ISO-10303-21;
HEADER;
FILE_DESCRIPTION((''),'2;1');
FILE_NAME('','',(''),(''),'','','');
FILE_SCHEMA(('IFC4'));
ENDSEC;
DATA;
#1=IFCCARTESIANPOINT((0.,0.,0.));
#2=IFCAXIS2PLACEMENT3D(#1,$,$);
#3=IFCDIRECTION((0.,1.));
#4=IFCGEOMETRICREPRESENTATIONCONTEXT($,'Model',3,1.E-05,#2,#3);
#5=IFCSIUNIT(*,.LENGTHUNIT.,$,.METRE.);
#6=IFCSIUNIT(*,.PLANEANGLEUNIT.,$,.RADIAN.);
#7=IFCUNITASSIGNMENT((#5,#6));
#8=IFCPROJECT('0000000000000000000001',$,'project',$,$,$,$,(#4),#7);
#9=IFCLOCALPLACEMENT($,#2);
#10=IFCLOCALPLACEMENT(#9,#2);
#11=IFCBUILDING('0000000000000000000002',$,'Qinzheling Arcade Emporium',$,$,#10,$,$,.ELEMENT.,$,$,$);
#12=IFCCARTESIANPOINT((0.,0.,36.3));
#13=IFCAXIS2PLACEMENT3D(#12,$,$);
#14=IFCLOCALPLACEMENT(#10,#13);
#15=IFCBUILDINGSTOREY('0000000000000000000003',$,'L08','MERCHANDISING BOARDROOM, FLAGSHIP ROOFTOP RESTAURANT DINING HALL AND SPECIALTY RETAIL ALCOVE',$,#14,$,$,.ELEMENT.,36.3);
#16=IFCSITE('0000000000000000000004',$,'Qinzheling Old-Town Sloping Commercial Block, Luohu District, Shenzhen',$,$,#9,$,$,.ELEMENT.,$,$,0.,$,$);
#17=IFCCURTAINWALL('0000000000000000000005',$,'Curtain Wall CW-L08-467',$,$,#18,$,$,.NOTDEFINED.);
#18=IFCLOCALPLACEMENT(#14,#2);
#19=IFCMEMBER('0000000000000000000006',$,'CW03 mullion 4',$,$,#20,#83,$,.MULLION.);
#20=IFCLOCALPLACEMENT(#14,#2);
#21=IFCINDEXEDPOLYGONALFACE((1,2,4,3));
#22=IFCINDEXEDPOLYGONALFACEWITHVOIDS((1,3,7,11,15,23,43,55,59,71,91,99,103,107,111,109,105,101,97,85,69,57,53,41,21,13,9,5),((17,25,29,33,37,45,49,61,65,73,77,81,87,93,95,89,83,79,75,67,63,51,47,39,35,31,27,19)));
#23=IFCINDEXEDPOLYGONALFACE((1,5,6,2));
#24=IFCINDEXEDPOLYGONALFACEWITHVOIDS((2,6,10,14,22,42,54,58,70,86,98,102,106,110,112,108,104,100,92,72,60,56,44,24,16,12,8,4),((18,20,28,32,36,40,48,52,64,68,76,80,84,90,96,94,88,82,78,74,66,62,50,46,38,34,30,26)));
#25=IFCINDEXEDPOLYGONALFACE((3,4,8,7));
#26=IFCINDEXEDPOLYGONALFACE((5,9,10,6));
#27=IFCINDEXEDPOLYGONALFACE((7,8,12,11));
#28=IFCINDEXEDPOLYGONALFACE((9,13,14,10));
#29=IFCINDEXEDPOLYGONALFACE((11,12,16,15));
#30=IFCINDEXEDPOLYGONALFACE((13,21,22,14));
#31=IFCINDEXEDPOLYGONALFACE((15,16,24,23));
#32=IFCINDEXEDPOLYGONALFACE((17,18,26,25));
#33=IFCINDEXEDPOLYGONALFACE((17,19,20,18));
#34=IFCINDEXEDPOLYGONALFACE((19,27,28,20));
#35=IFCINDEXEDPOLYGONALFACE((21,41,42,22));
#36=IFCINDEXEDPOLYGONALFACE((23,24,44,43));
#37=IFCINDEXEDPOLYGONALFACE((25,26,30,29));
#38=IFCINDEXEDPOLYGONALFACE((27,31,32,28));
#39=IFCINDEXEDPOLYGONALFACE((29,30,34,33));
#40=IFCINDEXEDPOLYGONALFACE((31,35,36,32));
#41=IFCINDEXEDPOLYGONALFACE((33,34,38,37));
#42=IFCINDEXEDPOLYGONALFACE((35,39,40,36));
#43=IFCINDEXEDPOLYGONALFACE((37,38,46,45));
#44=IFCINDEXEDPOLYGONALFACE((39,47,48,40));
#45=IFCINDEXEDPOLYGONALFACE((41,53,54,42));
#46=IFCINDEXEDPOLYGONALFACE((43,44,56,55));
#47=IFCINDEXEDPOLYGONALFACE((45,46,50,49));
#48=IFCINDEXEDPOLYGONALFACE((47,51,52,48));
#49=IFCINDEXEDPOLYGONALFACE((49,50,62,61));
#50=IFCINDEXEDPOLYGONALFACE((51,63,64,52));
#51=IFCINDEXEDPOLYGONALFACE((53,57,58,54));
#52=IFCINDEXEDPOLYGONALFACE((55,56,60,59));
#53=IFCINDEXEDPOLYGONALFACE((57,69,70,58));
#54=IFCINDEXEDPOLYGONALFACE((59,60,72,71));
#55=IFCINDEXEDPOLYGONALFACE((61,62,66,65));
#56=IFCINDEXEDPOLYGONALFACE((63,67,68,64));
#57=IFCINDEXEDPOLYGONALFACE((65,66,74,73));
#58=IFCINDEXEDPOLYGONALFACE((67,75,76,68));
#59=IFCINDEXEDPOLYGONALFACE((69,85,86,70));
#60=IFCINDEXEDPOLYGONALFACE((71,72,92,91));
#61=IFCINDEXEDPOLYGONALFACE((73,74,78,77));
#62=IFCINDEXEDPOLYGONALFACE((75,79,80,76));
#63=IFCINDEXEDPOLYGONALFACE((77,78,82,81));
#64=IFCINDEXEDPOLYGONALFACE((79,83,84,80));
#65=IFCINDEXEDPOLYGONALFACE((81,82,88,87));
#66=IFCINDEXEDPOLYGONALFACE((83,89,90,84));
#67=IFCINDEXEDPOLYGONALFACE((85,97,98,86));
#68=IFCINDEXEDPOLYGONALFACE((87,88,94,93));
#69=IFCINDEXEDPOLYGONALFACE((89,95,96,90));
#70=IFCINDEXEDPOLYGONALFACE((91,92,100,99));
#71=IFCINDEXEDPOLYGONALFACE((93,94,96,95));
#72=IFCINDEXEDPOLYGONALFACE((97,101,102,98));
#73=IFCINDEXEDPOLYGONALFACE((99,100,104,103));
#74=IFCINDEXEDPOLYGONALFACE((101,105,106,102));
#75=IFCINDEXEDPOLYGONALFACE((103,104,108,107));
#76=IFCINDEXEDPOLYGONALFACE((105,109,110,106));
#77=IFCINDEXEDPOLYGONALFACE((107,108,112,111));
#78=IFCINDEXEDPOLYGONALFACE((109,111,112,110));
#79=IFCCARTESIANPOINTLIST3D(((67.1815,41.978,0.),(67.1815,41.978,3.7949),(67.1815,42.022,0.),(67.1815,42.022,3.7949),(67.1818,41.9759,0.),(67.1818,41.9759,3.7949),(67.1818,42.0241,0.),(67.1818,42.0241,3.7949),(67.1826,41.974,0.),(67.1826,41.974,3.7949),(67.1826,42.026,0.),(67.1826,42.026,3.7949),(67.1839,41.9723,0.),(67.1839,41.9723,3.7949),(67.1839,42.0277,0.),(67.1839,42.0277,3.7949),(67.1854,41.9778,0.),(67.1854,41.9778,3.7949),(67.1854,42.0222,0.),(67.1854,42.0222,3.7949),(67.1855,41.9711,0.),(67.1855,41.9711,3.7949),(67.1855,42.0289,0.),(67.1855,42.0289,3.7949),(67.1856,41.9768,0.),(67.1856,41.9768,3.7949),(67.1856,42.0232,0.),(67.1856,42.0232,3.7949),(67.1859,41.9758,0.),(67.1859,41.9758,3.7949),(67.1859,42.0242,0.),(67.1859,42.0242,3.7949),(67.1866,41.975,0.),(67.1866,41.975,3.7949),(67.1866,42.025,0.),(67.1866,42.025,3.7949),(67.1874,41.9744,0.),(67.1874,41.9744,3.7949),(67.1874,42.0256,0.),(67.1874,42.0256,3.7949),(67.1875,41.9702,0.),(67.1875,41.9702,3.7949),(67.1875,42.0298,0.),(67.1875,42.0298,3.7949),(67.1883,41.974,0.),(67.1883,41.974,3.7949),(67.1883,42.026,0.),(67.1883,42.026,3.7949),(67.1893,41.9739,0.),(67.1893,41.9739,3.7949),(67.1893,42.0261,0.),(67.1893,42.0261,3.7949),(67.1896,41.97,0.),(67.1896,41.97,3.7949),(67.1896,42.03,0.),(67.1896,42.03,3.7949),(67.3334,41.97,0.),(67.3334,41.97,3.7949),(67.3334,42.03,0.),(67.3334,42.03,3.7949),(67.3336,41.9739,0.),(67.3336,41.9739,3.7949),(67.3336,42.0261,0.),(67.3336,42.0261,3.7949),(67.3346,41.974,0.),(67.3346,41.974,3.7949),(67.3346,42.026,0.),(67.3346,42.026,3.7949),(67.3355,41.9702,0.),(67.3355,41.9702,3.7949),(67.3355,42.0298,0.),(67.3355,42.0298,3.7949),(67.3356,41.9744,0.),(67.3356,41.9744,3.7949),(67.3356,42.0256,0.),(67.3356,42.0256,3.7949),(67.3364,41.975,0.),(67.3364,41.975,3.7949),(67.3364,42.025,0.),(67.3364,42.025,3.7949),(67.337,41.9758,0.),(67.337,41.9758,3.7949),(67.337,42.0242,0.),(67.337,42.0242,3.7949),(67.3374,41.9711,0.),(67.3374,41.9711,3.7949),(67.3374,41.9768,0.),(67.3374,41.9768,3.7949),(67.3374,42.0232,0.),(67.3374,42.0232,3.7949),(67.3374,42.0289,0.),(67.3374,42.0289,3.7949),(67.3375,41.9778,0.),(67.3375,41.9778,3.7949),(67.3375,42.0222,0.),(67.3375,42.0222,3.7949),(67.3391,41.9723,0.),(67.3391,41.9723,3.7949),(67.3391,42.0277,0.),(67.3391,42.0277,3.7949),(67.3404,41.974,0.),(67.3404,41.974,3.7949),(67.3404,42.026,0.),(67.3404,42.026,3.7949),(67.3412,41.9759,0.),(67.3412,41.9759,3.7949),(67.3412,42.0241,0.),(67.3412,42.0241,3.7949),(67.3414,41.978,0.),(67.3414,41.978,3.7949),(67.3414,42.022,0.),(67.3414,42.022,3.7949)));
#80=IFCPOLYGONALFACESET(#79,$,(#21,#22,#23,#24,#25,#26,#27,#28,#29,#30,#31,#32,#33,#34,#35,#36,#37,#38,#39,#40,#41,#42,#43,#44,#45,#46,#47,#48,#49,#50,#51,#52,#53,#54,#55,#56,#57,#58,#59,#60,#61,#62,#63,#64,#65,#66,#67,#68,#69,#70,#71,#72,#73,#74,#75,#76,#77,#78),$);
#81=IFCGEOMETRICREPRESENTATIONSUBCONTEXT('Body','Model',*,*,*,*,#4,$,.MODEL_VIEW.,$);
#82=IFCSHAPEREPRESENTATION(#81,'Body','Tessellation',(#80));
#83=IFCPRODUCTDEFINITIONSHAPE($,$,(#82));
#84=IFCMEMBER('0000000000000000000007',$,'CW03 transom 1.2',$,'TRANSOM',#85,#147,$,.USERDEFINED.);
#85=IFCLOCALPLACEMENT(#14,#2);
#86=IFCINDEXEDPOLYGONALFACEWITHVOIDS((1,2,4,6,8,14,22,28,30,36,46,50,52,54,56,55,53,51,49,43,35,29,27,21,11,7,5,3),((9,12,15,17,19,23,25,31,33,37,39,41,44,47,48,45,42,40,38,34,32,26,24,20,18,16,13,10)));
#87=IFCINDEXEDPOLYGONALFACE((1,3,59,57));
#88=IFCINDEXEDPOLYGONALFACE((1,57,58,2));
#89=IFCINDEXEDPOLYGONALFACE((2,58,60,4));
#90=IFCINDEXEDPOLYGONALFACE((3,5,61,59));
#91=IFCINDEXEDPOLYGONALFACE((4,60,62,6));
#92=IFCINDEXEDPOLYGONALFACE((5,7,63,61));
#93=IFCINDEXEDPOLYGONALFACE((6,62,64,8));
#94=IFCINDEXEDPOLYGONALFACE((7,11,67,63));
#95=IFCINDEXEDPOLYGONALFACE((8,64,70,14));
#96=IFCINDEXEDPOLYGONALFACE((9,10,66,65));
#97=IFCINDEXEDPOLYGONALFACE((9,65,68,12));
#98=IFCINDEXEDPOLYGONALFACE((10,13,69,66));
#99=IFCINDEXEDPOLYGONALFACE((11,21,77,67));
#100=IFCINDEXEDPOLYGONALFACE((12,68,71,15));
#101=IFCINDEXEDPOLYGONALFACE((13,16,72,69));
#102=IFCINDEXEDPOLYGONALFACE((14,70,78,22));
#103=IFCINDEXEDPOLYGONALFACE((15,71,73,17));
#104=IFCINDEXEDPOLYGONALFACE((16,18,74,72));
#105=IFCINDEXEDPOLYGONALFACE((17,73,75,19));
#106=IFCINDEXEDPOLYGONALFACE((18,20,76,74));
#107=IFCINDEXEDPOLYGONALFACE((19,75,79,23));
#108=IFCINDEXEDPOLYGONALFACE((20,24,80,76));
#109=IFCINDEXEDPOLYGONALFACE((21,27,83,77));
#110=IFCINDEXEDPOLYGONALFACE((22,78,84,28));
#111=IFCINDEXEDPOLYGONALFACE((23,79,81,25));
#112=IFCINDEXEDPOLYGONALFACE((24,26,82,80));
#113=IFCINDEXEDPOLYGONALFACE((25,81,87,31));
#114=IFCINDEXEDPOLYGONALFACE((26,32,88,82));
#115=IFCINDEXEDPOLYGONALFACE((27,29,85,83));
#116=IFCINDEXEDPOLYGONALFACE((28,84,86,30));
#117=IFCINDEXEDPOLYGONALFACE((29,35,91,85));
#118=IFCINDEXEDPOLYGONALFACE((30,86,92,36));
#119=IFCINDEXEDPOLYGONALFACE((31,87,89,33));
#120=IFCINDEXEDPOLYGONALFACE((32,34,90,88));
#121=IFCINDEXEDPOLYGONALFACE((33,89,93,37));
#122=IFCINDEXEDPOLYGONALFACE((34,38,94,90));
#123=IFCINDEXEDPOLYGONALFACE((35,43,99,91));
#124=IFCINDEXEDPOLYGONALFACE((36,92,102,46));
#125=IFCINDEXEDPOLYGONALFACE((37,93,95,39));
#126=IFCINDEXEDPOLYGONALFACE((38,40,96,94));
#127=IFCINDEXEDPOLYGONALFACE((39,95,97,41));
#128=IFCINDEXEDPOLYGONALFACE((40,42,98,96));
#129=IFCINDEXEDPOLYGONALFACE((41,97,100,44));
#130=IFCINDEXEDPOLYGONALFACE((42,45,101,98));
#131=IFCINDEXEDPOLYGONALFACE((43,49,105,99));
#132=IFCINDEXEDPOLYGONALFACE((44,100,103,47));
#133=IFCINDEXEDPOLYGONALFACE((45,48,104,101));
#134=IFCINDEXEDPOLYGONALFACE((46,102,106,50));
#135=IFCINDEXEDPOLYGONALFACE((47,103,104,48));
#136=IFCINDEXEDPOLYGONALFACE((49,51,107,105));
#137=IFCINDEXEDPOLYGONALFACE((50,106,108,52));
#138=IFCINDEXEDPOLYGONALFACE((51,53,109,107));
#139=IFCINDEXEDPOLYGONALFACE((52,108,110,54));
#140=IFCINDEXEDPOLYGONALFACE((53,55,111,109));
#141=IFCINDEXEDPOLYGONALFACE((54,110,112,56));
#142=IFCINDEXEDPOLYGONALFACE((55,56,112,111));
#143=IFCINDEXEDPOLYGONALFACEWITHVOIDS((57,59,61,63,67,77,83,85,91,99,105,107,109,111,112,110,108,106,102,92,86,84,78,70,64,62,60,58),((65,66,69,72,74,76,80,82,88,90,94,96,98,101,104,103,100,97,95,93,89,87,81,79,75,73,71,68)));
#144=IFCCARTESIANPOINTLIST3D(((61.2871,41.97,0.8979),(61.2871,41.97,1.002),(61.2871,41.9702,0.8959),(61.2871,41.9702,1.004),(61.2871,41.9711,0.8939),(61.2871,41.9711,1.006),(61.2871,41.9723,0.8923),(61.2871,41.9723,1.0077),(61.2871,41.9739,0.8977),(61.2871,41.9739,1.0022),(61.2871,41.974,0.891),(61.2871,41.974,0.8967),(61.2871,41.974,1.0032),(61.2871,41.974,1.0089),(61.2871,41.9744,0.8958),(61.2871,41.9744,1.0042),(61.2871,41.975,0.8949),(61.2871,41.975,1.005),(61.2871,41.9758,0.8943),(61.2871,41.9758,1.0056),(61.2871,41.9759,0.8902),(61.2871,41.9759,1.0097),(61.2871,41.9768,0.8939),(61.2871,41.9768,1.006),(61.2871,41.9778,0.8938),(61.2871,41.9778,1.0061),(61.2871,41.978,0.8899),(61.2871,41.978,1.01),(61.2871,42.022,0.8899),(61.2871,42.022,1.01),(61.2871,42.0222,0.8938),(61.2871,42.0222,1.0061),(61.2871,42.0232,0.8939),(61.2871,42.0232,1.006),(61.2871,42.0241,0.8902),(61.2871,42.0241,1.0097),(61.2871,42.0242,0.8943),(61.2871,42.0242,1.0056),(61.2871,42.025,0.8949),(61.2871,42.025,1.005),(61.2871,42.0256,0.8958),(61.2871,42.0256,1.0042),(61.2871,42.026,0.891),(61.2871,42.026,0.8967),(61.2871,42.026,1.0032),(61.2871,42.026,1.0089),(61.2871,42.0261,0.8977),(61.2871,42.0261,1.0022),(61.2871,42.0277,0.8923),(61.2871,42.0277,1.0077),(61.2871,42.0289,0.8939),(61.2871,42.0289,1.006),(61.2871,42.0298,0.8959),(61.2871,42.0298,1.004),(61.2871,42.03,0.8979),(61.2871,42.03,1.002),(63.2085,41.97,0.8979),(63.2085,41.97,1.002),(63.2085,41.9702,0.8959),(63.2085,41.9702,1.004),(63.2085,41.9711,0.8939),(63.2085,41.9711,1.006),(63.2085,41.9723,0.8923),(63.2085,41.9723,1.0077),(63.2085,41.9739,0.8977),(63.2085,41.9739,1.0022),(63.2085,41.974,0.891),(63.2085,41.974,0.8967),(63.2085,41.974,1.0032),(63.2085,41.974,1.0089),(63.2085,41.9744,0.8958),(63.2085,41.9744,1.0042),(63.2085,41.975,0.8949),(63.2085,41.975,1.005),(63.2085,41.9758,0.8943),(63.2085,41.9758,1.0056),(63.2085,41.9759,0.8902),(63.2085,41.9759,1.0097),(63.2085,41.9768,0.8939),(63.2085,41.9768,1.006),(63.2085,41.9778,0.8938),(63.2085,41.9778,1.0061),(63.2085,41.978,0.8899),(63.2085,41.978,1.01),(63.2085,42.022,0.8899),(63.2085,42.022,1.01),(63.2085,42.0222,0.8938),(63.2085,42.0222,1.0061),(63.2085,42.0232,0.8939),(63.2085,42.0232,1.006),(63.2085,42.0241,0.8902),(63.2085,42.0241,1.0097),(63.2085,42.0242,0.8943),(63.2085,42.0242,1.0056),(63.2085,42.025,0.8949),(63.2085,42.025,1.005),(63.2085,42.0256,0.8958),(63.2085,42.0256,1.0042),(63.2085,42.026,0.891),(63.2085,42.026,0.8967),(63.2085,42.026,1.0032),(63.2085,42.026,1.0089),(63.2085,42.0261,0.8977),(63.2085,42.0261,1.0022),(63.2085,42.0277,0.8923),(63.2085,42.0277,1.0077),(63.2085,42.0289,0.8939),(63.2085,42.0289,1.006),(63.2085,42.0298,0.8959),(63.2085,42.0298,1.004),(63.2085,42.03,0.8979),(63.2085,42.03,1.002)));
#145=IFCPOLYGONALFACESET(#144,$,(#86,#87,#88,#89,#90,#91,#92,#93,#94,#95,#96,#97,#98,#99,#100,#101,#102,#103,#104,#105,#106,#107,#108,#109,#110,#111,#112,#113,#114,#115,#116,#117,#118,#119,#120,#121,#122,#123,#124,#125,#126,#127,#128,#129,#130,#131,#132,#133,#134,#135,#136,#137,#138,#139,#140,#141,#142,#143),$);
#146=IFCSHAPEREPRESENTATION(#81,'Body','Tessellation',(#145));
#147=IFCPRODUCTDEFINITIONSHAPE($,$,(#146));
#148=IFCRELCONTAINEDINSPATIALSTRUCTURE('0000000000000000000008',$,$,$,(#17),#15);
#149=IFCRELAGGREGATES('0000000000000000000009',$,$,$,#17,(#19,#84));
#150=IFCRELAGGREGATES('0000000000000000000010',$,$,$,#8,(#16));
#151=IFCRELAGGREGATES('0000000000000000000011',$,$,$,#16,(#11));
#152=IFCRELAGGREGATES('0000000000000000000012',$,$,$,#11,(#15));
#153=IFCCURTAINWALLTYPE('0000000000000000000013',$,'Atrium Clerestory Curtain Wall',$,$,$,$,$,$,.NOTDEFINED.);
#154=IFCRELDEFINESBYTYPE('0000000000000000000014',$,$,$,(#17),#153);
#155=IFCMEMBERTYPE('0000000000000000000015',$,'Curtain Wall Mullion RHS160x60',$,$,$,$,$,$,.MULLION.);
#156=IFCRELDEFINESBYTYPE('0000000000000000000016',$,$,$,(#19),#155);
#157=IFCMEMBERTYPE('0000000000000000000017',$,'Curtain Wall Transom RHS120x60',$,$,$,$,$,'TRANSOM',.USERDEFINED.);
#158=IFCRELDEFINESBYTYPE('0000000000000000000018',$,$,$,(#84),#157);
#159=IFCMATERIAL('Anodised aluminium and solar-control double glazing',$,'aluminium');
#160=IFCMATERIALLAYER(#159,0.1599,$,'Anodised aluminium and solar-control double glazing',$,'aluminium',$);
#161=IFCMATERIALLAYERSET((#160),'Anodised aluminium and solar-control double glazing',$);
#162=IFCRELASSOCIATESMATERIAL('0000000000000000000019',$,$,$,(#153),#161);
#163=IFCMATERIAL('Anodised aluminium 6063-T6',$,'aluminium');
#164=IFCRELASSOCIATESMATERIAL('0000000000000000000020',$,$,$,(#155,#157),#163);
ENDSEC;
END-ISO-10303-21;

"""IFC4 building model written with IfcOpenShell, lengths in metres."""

from ifc_helpers import new_model, si_unit, direction, frame, origin, origin_2d, place, context, subcontext, project, spatial, hollow_rectangle, extrude, material, layer, layer_set, material_profile, profile_set, type_object, element, aggregate, save


model = new_model("IFC4")

# Units and contexts
model_context = context("Model", 3, precision=1e-05, world=origin(), true_north=direction((0.0, 1.0)))
body_context = subcontext(model_context, "Body", "Model", "MODEL_VIEW")
ifc_project = project(units=[si_unit("LENGTHUNIT", "METRE"), si_unit("PLANEANGLEUNIT", "RADIAN")], contexts=[model_context])

# Site, building, storey
site_placement = place(None, origin())
site = spatial("IfcSite", under=ifc_project, at=site_placement, Name="Qinzheling Old-Town Sloping Commercial Block, Luohu District, Shenzhen", CompositionType="ELEMENT", RefElevation=0.0)
building_placement = place(site_placement, origin())
building = spatial("IfcBuilding", under=site, at=building_placement, Name="Qinzheling Arcade Emporium", CompositionType="ELEMENT")
storey_placement = place(building_placement, frame((0.0, 0.0, 36.3)))
storey = spatial("IfcBuildingStorey", under=building, at=storey_placement, Name="L08", Description="MERCHANDISING BOARDROOM, FLAGSHIP ROOFTOP RESTAURANT DINING HALL AND SPECIALTY RETAIL ALCOVE", CompositionType="ELEMENT", Elevation=36.3)

# Curtain wall, members
ifc_material_1 = material(Name="Anodised aluminium and solar-control double glazing", Category="aluminium")
ifc_layer_1 = layer(ifc_material_1, 0.1599, Name="Anodised aluminium and solar-control double glazing", Category="aluminium")
ifc_layer_set_1 = layer_set([ifc_layer_1], Name="Anodised aluminium and solar-control double glazing")
curtain_wall_type = type_object("IfcCurtainWallType", Name="Atrium Clerestory Curtain Wall", PredefinedType="NOTDEFINED", material=ifc_layer_set_1)
curtain_wall_placement = place(storey_placement, origin())
curtain_wall = element("IfcCurtainWall", 1, at=curtain_wall_placement, inside=storey, type_object=curtain_wall_type, Name="Curtain Wall CW-L08-467", PredefinedType="NOTDEFINED")
ifc_material_2 = material(Name="Anodised aluminium 6063-T6", Category="aluminium")
ifc_material_profile_1 = material_profile(ifc_material_2, hollow_rectangle(XDim=0.0601, YDim=0.1599, WallThickness=0.0039, InnerFilletRadius=0.0039, OuterFilletRadius=0.0081, at=origin_2d()), Name="RHS 160x60x4", Category="aluminium")
ifc_profile_set_1 = profile_set([ifc_material_profile_1], Name="Anodised aluminium 6063-T6")
member_type_1 = type_object("IfcMemberType", Name="Curtain Wall Mullion RHS160x60", PredefinedType="MULLION", material=ifc_profile_set_1)
member_1_placement = place(storey_placement, frame((67.2615, 42.0, 0.0), z_axis=(0.0, 0.0, 1.0), x_axis=(0.0, 1.0, 0.0)))
member_1 = element("IfcMember", 2, at=member_1_placement, type_object=member_type_1, Name="CW03 mullion 4", PredefinedType="MULLION", context=body_context, shape_type="SweptSolid", body=[
    extrude(hollow_rectangle(XDim=0.0601, YDim=0.1599, WallThickness=0.0039, InnerFilletRadius=0.0039, OuterFilletRadius=0.0081, at=origin_2d()), origin(), (0.0, 0.0, 1.0), 3.7949),
])
ifc_material_profile_2 = material_profile(ifc_material_2, hollow_rectangle(XDim=0.0601, YDim=0.1201, WallThickness=0.0039, InnerFilletRadius=0.0039, OuterFilletRadius=0.0081, at=origin_2d()), Name="RHS 120x60x4", Category="aluminium")
ifc_profile_set_2 = profile_set([ifc_material_profile_2], Name="Anodised aluminium 6063-T6")
member_type_2 = type_object("IfcMemberType", Name="Curtain Wall Transom RHS120x60", ElementType="TRANSOM", PredefinedType="USERDEFINED", material=ifc_profile_set_2)
member_2_placement = place(storey_placement, frame((61.2871, 42.0, 0.95), z_axis=(1.0, 0.0, 0.0), x_axis=(0.0, 1.0, 0.0)))
member_2 = element("IfcMember", 3, at=member_2_placement, type_object=member_type_2, Name="CW03 transom 1.2", ObjectType="TRANSOM", PredefinedType="USERDEFINED", context=body_context, shape_type="SweptSolid", body=[
    extrude(hollow_rectangle(XDim=0.0601, YDim=0.1201, WallThickness=0.0039, InnerFilletRadius=0.0039, OuterFilletRadius=0.0081, at=origin_2d()), origin(), (0.0, 0.0, 1.0), 1.9214),
])
aggregate(curtain_wall, [member_1, member_2])

save(model, "model.ifc")
